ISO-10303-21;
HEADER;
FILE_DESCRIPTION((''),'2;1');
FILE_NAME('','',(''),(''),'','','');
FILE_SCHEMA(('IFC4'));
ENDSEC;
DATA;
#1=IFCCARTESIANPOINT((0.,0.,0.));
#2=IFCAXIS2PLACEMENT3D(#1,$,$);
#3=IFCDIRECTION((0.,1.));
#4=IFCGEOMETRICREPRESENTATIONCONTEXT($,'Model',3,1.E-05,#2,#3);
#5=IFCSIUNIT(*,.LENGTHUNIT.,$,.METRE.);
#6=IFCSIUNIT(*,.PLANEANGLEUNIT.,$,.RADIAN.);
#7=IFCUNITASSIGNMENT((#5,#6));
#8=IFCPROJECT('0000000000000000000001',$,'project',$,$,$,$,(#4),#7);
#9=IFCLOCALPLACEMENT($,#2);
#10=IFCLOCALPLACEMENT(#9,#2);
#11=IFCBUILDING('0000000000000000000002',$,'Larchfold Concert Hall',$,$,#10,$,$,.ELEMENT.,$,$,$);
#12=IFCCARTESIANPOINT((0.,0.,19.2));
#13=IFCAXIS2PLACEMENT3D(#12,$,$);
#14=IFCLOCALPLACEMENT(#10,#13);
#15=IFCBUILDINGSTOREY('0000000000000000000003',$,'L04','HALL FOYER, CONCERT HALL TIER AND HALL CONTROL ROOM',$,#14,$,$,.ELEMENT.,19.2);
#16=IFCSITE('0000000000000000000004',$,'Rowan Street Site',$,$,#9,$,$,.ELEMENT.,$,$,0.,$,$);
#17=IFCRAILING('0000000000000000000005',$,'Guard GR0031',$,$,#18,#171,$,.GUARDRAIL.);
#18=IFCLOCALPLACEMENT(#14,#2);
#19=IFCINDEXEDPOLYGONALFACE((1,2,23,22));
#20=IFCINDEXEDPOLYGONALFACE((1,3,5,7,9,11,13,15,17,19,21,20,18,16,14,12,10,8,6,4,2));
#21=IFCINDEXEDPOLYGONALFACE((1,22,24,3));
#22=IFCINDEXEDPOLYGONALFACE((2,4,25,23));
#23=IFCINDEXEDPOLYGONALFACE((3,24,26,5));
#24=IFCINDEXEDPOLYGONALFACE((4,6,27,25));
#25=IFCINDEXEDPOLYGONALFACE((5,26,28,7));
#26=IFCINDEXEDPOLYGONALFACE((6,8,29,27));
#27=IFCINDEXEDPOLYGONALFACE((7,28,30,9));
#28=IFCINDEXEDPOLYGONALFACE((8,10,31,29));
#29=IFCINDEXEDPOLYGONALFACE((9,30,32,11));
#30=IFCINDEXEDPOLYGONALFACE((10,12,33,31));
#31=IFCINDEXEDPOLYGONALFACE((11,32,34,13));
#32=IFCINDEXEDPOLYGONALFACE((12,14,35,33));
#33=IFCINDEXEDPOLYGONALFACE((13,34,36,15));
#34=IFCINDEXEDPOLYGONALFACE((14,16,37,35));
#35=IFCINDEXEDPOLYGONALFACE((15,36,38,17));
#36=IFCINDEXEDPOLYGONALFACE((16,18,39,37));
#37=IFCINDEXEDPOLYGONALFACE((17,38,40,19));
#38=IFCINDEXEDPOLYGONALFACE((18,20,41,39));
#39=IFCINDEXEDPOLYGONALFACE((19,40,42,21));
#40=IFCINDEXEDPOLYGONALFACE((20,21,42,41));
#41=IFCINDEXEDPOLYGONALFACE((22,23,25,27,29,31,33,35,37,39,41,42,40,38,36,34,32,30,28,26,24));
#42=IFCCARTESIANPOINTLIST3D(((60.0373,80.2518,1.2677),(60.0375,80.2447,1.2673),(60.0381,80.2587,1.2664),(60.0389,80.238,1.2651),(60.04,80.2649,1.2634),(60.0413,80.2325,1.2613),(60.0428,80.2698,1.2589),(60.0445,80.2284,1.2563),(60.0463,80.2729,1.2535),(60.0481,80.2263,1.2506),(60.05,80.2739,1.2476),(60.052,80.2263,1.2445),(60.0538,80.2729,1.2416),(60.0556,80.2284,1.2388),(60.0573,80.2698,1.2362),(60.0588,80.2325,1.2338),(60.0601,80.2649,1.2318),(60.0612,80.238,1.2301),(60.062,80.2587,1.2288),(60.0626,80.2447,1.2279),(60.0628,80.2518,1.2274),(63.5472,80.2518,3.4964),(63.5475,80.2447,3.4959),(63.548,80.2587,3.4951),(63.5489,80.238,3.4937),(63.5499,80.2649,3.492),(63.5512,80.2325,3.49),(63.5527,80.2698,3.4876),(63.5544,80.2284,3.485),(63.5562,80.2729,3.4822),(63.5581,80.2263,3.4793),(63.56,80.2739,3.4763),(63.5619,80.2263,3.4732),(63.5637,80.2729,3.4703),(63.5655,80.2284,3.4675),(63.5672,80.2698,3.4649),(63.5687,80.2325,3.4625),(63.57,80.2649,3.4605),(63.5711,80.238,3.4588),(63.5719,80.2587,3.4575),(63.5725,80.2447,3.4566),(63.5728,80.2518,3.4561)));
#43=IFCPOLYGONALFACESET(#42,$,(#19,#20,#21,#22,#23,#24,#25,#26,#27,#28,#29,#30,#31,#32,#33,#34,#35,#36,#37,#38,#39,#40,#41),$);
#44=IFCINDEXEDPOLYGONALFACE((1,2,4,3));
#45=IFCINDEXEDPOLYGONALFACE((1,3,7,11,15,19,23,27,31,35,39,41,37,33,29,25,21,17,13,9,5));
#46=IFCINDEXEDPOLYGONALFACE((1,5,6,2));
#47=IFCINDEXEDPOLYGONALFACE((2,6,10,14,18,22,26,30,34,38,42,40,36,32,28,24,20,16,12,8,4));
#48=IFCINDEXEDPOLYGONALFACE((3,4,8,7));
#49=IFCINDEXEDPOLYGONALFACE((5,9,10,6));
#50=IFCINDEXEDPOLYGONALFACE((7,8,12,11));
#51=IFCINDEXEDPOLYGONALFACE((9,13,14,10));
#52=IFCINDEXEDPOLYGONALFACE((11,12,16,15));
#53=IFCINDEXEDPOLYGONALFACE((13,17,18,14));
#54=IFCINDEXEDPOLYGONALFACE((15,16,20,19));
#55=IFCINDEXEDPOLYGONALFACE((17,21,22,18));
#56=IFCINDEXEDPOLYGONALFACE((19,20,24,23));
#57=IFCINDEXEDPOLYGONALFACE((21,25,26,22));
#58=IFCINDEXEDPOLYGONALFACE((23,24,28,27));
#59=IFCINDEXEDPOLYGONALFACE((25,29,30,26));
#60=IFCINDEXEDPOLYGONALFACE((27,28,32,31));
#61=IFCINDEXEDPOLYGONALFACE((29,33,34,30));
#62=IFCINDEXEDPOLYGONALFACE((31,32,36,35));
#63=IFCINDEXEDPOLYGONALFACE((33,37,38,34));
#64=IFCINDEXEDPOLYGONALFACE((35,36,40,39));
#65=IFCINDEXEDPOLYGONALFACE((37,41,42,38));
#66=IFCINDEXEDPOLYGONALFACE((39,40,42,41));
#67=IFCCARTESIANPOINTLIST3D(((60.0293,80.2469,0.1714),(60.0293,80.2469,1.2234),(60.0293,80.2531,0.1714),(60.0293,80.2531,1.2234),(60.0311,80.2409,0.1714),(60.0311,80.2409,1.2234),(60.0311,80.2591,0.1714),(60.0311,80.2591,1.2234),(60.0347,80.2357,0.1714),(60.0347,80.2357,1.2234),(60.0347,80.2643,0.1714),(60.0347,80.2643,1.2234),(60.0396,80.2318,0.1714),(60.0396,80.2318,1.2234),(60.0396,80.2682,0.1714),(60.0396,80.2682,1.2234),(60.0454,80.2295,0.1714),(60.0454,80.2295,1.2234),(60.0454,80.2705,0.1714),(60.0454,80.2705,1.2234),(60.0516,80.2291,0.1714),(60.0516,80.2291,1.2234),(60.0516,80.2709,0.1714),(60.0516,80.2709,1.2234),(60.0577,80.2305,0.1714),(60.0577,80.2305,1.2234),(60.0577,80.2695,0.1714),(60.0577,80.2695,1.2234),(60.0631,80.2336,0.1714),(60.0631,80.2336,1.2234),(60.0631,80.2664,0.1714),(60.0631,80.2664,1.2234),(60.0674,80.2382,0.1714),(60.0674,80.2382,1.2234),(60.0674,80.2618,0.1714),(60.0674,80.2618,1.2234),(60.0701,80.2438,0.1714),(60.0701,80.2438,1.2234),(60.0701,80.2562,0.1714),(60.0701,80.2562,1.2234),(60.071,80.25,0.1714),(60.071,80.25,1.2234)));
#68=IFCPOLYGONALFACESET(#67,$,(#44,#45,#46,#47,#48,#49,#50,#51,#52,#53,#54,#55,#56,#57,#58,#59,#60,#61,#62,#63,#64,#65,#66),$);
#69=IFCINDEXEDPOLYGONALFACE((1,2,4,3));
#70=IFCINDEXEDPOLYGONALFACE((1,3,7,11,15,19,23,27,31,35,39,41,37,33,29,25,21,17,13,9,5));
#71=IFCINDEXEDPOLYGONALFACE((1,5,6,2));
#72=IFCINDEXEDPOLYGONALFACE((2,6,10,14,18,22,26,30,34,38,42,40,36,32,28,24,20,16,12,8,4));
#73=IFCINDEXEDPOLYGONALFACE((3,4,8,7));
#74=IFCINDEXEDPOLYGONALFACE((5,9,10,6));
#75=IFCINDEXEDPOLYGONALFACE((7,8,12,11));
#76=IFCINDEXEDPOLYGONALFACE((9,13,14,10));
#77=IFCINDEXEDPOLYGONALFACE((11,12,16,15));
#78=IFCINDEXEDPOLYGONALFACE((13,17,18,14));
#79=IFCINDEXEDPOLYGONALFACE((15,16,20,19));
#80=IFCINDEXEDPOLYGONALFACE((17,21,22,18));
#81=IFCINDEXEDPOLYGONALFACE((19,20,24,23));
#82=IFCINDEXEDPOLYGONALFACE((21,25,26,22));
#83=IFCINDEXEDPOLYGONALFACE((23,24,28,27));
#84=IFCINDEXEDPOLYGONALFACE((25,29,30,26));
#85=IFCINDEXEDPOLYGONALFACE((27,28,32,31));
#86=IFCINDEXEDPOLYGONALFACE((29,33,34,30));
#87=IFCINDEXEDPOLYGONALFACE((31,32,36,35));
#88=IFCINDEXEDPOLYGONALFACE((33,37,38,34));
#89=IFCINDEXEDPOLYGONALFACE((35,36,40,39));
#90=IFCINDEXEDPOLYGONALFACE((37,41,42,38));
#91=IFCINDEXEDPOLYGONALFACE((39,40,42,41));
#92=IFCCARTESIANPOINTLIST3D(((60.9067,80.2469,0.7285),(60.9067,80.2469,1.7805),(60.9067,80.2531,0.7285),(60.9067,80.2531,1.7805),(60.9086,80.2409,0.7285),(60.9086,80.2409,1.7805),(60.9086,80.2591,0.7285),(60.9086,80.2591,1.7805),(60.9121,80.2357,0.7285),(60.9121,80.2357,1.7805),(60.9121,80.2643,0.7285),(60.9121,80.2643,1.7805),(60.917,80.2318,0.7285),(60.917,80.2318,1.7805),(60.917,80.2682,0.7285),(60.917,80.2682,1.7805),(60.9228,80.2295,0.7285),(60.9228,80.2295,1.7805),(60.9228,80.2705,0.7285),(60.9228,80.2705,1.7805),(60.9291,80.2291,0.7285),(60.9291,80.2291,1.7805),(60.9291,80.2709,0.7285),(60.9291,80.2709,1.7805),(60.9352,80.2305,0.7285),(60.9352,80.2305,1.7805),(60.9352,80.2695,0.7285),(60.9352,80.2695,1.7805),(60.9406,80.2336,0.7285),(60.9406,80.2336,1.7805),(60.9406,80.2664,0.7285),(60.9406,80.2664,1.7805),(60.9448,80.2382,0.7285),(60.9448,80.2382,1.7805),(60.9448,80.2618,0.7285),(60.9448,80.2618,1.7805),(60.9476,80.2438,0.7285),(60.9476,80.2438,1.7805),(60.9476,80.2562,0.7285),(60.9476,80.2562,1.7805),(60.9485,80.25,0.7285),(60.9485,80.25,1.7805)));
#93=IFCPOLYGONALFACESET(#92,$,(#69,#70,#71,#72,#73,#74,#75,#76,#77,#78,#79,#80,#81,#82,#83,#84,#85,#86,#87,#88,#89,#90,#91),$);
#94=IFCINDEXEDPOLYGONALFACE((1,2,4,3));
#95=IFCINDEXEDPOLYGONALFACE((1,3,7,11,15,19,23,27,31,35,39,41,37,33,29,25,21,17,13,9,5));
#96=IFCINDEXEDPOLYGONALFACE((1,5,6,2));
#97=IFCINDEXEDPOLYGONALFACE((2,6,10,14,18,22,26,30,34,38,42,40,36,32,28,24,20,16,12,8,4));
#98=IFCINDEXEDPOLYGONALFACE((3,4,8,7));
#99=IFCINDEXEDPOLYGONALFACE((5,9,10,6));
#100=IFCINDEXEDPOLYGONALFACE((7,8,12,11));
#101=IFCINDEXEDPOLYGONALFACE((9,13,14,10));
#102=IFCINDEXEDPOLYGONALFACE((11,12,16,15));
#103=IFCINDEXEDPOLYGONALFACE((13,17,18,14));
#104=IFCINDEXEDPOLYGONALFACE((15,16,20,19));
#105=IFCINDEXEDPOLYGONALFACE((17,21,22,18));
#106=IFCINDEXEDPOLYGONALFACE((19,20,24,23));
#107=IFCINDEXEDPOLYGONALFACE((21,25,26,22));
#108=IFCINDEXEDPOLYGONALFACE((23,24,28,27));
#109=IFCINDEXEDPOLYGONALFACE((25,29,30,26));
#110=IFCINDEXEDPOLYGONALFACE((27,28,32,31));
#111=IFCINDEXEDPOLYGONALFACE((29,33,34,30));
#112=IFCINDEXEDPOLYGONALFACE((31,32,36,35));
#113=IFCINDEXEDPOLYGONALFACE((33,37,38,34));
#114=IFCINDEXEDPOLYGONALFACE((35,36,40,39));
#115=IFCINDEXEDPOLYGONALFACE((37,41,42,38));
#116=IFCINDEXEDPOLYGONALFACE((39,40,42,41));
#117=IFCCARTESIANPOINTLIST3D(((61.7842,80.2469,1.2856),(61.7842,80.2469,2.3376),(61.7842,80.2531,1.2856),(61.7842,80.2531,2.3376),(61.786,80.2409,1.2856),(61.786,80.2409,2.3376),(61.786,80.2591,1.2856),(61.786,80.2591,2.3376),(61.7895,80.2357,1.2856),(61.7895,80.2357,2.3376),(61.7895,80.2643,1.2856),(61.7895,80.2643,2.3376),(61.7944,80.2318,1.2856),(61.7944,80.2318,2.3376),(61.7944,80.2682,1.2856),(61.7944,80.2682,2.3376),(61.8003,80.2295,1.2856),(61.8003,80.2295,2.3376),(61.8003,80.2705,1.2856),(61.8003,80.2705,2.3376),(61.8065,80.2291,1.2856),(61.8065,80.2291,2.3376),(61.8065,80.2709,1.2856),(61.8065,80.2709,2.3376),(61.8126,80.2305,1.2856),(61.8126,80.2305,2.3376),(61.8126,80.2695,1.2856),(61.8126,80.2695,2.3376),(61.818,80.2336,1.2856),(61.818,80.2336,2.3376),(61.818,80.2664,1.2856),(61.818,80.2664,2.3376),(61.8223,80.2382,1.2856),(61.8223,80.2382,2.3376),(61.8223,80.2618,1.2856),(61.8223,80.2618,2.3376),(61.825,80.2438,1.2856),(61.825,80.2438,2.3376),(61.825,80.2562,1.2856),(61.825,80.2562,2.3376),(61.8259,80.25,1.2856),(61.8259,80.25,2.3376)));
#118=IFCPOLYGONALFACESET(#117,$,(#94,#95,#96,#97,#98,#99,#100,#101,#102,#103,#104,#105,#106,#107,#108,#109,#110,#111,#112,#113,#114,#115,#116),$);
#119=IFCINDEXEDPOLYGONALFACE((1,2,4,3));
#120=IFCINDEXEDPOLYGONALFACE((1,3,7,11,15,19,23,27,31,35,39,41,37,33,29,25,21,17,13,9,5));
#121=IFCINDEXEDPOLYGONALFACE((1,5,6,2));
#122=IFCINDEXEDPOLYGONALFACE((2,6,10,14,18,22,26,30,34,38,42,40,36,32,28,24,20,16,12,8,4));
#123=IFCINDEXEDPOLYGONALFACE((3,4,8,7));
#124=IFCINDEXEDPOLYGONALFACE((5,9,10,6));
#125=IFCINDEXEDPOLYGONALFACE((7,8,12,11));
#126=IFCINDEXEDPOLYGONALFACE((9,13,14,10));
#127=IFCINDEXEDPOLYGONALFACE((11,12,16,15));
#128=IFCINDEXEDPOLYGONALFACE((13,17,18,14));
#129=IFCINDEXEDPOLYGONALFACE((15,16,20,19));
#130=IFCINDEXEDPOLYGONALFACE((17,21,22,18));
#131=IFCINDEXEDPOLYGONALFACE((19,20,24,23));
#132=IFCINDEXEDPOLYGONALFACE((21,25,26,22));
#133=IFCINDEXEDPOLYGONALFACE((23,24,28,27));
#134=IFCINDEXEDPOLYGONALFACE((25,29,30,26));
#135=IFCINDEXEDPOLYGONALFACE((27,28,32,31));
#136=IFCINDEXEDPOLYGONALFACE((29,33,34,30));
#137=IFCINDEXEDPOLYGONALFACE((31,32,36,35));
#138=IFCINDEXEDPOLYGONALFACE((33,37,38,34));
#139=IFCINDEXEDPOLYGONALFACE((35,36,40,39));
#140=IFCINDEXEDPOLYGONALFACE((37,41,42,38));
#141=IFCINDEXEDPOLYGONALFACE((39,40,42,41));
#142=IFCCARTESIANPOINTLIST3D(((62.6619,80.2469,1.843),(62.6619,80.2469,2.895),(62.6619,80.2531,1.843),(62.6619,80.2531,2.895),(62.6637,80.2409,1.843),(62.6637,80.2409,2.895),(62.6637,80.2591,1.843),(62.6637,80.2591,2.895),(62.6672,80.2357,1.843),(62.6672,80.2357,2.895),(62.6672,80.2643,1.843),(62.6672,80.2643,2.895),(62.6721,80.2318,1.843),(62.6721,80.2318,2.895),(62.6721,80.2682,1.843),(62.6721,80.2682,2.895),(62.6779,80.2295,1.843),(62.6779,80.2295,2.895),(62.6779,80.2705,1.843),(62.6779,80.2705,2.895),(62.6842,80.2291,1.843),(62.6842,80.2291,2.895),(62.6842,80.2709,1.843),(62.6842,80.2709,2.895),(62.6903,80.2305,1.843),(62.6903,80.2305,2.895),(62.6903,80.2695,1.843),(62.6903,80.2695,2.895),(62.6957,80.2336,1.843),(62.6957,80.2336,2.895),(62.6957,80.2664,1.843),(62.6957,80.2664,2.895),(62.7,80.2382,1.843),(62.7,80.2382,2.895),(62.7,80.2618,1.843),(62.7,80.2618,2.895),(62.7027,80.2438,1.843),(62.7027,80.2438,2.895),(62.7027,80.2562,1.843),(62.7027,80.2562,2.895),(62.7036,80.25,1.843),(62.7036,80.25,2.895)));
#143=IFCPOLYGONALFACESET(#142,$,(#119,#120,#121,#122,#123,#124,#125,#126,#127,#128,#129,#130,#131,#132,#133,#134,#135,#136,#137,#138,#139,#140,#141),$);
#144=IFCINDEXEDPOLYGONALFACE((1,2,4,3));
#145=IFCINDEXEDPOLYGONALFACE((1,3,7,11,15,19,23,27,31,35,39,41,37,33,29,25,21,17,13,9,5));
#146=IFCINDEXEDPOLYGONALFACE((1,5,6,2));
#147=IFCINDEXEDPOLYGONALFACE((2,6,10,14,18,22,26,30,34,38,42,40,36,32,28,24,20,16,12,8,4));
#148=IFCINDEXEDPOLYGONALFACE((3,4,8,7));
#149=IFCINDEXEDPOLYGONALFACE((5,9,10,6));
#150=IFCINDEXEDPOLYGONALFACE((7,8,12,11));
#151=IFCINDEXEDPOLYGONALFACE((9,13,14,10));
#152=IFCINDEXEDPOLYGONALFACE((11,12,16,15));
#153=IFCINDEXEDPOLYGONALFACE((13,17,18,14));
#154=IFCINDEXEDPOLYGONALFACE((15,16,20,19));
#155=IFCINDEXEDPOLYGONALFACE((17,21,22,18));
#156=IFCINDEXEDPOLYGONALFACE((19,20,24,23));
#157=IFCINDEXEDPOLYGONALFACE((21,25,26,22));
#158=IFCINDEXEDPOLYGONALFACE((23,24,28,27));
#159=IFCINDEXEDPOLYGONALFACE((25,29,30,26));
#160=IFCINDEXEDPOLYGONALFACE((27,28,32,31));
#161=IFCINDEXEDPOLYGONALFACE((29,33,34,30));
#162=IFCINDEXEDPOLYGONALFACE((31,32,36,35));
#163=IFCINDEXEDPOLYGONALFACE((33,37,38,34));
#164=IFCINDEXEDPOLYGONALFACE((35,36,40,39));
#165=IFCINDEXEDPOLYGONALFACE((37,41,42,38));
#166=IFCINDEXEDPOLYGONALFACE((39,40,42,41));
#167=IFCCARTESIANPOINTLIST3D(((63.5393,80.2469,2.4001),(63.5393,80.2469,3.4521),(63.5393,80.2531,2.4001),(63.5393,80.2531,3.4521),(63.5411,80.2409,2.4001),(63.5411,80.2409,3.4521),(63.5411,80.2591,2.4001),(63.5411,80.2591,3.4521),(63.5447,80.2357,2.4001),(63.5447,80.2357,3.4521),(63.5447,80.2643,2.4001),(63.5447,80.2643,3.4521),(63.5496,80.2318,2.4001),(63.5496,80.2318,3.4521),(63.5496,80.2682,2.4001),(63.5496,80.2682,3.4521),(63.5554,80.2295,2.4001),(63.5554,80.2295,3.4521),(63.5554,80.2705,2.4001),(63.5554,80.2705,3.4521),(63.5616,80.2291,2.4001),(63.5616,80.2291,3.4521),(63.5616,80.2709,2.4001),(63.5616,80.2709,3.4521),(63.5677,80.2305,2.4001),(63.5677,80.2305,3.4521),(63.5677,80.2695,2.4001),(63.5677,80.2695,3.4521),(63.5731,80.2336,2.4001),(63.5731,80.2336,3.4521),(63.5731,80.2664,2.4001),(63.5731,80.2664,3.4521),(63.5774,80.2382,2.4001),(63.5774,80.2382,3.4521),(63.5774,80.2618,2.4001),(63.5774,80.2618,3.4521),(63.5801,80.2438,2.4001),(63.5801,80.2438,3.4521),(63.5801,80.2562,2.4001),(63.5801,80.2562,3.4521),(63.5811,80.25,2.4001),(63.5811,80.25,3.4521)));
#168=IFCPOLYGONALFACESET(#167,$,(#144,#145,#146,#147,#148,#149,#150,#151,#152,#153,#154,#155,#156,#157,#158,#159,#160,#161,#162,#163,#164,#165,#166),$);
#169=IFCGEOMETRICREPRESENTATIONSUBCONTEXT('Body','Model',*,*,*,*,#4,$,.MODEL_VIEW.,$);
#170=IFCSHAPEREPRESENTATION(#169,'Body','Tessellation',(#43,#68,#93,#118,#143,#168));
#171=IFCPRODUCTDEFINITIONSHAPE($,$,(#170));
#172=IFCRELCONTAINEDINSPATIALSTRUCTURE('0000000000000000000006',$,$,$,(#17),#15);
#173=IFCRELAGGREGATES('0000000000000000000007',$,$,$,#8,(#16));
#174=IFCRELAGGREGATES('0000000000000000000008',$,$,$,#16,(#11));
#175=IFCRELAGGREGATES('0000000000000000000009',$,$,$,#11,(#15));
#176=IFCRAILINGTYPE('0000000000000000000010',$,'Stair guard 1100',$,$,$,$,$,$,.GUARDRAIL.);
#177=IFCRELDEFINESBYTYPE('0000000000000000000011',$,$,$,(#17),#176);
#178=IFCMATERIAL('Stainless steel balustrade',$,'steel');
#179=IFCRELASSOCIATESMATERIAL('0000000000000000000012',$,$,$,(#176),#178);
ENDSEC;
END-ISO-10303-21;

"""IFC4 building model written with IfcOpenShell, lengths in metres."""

from ifc_helpers import new_model, si_unit, direction, frame, origin, origin_2d, place, context, subcontext, project, spatial, circle, extrude, material, type_object, element, save


model = new_model("IFC4")

# Units and contexts
model_context = context("Model", 3, precision=1e-05, world=origin(), true_north=direction((0.0, 1.0)))
body_context = subcontext(model_context, "Body", "Model", "MODEL_VIEW")
ifc_project = project(units=[si_unit("LENGTHUNIT", "METRE"), si_unit("PLANEANGLEUNIT", "RADIAN")], contexts=[model_context])

# Site, building, storey
site_placement = place(None, origin())
site = spatial("IfcSite", under=ifc_project, at=site_placement, Name="Rowan Street Site", CompositionType="ELEMENT", RefElevation=0.0)
building_placement = place(site_placement, origin())
building = spatial("IfcBuilding", under=site, at=building_placement, Name="Larchfold Concert Hall", CompositionType="ELEMENT")
storey_placement = place(building_placement, frame((0.0, 0.0, 19.2)))
storey = spatial("IfcBuildingStorey", under=building, at=storey_placement, Name="L04", Description="HALL FOYER, CONCERT HALL TIER AND HALL CONTROL ROOM", CompositionType="ELEMENT", Elevation=19.2)

# Railing
ifc_material_1 = material(Name="Stainless steel balustrade", Category="steel")
railing_type_1 = type_object("IfcRailingType", Name="Stair guard 1100", PredefinedType="GUARDRAIL", material=ifc_material_1)
railing_1_placement = place(storey_placement, frame((60.05, 80.25, 0.1714)))
element("IfcRailing", 1, at=railing_1_placement, inside=storey, type_object=railing_type_1, Name="Guard GR0031", PredefinedType="GUARDRAIL", context=body_context, shape_type="SweptSolid", body=[
    extrude(circle(Radius=0.0239, at=origin_2d()), frame((0.0, 0.0, 1.0762), z_axis=(0.844193, 0.0, 0.536039), x_axis=(0.0, 1.0, 0.0)), (0.0, 0.0, 1.0), 4.1577),
    extrude(circle(Radius=0.021, at=origin_2d()), origin(), (0.0, 0.0, 1.0), 1.052),
    extrude(circle(Radius=0.021, at=origin_2d()), frame((0.8774, 0.0, 0.5571)), (0.0, 0.0, 1.0), 1.052),
    extrude(circle(Radius=0.021, at=origin_2d()), frame((1.7549, 0.0, 1.1143)), (0.0, 0.0, 1.0), 1.052),
    extrude(circle(Radius=0.021, at=origin_2d()), frame((2.6326, 0.0, 1.6716)), (0.0, 0.0, 1.0), 1.052),
    extrude(circle(Radius=0.021, at=origin_2d()), frame((3.51, 0.0, 2.2288)), (0.0, 0.0, 1.0), 1.052),
])

save(model, "model.ifc")
